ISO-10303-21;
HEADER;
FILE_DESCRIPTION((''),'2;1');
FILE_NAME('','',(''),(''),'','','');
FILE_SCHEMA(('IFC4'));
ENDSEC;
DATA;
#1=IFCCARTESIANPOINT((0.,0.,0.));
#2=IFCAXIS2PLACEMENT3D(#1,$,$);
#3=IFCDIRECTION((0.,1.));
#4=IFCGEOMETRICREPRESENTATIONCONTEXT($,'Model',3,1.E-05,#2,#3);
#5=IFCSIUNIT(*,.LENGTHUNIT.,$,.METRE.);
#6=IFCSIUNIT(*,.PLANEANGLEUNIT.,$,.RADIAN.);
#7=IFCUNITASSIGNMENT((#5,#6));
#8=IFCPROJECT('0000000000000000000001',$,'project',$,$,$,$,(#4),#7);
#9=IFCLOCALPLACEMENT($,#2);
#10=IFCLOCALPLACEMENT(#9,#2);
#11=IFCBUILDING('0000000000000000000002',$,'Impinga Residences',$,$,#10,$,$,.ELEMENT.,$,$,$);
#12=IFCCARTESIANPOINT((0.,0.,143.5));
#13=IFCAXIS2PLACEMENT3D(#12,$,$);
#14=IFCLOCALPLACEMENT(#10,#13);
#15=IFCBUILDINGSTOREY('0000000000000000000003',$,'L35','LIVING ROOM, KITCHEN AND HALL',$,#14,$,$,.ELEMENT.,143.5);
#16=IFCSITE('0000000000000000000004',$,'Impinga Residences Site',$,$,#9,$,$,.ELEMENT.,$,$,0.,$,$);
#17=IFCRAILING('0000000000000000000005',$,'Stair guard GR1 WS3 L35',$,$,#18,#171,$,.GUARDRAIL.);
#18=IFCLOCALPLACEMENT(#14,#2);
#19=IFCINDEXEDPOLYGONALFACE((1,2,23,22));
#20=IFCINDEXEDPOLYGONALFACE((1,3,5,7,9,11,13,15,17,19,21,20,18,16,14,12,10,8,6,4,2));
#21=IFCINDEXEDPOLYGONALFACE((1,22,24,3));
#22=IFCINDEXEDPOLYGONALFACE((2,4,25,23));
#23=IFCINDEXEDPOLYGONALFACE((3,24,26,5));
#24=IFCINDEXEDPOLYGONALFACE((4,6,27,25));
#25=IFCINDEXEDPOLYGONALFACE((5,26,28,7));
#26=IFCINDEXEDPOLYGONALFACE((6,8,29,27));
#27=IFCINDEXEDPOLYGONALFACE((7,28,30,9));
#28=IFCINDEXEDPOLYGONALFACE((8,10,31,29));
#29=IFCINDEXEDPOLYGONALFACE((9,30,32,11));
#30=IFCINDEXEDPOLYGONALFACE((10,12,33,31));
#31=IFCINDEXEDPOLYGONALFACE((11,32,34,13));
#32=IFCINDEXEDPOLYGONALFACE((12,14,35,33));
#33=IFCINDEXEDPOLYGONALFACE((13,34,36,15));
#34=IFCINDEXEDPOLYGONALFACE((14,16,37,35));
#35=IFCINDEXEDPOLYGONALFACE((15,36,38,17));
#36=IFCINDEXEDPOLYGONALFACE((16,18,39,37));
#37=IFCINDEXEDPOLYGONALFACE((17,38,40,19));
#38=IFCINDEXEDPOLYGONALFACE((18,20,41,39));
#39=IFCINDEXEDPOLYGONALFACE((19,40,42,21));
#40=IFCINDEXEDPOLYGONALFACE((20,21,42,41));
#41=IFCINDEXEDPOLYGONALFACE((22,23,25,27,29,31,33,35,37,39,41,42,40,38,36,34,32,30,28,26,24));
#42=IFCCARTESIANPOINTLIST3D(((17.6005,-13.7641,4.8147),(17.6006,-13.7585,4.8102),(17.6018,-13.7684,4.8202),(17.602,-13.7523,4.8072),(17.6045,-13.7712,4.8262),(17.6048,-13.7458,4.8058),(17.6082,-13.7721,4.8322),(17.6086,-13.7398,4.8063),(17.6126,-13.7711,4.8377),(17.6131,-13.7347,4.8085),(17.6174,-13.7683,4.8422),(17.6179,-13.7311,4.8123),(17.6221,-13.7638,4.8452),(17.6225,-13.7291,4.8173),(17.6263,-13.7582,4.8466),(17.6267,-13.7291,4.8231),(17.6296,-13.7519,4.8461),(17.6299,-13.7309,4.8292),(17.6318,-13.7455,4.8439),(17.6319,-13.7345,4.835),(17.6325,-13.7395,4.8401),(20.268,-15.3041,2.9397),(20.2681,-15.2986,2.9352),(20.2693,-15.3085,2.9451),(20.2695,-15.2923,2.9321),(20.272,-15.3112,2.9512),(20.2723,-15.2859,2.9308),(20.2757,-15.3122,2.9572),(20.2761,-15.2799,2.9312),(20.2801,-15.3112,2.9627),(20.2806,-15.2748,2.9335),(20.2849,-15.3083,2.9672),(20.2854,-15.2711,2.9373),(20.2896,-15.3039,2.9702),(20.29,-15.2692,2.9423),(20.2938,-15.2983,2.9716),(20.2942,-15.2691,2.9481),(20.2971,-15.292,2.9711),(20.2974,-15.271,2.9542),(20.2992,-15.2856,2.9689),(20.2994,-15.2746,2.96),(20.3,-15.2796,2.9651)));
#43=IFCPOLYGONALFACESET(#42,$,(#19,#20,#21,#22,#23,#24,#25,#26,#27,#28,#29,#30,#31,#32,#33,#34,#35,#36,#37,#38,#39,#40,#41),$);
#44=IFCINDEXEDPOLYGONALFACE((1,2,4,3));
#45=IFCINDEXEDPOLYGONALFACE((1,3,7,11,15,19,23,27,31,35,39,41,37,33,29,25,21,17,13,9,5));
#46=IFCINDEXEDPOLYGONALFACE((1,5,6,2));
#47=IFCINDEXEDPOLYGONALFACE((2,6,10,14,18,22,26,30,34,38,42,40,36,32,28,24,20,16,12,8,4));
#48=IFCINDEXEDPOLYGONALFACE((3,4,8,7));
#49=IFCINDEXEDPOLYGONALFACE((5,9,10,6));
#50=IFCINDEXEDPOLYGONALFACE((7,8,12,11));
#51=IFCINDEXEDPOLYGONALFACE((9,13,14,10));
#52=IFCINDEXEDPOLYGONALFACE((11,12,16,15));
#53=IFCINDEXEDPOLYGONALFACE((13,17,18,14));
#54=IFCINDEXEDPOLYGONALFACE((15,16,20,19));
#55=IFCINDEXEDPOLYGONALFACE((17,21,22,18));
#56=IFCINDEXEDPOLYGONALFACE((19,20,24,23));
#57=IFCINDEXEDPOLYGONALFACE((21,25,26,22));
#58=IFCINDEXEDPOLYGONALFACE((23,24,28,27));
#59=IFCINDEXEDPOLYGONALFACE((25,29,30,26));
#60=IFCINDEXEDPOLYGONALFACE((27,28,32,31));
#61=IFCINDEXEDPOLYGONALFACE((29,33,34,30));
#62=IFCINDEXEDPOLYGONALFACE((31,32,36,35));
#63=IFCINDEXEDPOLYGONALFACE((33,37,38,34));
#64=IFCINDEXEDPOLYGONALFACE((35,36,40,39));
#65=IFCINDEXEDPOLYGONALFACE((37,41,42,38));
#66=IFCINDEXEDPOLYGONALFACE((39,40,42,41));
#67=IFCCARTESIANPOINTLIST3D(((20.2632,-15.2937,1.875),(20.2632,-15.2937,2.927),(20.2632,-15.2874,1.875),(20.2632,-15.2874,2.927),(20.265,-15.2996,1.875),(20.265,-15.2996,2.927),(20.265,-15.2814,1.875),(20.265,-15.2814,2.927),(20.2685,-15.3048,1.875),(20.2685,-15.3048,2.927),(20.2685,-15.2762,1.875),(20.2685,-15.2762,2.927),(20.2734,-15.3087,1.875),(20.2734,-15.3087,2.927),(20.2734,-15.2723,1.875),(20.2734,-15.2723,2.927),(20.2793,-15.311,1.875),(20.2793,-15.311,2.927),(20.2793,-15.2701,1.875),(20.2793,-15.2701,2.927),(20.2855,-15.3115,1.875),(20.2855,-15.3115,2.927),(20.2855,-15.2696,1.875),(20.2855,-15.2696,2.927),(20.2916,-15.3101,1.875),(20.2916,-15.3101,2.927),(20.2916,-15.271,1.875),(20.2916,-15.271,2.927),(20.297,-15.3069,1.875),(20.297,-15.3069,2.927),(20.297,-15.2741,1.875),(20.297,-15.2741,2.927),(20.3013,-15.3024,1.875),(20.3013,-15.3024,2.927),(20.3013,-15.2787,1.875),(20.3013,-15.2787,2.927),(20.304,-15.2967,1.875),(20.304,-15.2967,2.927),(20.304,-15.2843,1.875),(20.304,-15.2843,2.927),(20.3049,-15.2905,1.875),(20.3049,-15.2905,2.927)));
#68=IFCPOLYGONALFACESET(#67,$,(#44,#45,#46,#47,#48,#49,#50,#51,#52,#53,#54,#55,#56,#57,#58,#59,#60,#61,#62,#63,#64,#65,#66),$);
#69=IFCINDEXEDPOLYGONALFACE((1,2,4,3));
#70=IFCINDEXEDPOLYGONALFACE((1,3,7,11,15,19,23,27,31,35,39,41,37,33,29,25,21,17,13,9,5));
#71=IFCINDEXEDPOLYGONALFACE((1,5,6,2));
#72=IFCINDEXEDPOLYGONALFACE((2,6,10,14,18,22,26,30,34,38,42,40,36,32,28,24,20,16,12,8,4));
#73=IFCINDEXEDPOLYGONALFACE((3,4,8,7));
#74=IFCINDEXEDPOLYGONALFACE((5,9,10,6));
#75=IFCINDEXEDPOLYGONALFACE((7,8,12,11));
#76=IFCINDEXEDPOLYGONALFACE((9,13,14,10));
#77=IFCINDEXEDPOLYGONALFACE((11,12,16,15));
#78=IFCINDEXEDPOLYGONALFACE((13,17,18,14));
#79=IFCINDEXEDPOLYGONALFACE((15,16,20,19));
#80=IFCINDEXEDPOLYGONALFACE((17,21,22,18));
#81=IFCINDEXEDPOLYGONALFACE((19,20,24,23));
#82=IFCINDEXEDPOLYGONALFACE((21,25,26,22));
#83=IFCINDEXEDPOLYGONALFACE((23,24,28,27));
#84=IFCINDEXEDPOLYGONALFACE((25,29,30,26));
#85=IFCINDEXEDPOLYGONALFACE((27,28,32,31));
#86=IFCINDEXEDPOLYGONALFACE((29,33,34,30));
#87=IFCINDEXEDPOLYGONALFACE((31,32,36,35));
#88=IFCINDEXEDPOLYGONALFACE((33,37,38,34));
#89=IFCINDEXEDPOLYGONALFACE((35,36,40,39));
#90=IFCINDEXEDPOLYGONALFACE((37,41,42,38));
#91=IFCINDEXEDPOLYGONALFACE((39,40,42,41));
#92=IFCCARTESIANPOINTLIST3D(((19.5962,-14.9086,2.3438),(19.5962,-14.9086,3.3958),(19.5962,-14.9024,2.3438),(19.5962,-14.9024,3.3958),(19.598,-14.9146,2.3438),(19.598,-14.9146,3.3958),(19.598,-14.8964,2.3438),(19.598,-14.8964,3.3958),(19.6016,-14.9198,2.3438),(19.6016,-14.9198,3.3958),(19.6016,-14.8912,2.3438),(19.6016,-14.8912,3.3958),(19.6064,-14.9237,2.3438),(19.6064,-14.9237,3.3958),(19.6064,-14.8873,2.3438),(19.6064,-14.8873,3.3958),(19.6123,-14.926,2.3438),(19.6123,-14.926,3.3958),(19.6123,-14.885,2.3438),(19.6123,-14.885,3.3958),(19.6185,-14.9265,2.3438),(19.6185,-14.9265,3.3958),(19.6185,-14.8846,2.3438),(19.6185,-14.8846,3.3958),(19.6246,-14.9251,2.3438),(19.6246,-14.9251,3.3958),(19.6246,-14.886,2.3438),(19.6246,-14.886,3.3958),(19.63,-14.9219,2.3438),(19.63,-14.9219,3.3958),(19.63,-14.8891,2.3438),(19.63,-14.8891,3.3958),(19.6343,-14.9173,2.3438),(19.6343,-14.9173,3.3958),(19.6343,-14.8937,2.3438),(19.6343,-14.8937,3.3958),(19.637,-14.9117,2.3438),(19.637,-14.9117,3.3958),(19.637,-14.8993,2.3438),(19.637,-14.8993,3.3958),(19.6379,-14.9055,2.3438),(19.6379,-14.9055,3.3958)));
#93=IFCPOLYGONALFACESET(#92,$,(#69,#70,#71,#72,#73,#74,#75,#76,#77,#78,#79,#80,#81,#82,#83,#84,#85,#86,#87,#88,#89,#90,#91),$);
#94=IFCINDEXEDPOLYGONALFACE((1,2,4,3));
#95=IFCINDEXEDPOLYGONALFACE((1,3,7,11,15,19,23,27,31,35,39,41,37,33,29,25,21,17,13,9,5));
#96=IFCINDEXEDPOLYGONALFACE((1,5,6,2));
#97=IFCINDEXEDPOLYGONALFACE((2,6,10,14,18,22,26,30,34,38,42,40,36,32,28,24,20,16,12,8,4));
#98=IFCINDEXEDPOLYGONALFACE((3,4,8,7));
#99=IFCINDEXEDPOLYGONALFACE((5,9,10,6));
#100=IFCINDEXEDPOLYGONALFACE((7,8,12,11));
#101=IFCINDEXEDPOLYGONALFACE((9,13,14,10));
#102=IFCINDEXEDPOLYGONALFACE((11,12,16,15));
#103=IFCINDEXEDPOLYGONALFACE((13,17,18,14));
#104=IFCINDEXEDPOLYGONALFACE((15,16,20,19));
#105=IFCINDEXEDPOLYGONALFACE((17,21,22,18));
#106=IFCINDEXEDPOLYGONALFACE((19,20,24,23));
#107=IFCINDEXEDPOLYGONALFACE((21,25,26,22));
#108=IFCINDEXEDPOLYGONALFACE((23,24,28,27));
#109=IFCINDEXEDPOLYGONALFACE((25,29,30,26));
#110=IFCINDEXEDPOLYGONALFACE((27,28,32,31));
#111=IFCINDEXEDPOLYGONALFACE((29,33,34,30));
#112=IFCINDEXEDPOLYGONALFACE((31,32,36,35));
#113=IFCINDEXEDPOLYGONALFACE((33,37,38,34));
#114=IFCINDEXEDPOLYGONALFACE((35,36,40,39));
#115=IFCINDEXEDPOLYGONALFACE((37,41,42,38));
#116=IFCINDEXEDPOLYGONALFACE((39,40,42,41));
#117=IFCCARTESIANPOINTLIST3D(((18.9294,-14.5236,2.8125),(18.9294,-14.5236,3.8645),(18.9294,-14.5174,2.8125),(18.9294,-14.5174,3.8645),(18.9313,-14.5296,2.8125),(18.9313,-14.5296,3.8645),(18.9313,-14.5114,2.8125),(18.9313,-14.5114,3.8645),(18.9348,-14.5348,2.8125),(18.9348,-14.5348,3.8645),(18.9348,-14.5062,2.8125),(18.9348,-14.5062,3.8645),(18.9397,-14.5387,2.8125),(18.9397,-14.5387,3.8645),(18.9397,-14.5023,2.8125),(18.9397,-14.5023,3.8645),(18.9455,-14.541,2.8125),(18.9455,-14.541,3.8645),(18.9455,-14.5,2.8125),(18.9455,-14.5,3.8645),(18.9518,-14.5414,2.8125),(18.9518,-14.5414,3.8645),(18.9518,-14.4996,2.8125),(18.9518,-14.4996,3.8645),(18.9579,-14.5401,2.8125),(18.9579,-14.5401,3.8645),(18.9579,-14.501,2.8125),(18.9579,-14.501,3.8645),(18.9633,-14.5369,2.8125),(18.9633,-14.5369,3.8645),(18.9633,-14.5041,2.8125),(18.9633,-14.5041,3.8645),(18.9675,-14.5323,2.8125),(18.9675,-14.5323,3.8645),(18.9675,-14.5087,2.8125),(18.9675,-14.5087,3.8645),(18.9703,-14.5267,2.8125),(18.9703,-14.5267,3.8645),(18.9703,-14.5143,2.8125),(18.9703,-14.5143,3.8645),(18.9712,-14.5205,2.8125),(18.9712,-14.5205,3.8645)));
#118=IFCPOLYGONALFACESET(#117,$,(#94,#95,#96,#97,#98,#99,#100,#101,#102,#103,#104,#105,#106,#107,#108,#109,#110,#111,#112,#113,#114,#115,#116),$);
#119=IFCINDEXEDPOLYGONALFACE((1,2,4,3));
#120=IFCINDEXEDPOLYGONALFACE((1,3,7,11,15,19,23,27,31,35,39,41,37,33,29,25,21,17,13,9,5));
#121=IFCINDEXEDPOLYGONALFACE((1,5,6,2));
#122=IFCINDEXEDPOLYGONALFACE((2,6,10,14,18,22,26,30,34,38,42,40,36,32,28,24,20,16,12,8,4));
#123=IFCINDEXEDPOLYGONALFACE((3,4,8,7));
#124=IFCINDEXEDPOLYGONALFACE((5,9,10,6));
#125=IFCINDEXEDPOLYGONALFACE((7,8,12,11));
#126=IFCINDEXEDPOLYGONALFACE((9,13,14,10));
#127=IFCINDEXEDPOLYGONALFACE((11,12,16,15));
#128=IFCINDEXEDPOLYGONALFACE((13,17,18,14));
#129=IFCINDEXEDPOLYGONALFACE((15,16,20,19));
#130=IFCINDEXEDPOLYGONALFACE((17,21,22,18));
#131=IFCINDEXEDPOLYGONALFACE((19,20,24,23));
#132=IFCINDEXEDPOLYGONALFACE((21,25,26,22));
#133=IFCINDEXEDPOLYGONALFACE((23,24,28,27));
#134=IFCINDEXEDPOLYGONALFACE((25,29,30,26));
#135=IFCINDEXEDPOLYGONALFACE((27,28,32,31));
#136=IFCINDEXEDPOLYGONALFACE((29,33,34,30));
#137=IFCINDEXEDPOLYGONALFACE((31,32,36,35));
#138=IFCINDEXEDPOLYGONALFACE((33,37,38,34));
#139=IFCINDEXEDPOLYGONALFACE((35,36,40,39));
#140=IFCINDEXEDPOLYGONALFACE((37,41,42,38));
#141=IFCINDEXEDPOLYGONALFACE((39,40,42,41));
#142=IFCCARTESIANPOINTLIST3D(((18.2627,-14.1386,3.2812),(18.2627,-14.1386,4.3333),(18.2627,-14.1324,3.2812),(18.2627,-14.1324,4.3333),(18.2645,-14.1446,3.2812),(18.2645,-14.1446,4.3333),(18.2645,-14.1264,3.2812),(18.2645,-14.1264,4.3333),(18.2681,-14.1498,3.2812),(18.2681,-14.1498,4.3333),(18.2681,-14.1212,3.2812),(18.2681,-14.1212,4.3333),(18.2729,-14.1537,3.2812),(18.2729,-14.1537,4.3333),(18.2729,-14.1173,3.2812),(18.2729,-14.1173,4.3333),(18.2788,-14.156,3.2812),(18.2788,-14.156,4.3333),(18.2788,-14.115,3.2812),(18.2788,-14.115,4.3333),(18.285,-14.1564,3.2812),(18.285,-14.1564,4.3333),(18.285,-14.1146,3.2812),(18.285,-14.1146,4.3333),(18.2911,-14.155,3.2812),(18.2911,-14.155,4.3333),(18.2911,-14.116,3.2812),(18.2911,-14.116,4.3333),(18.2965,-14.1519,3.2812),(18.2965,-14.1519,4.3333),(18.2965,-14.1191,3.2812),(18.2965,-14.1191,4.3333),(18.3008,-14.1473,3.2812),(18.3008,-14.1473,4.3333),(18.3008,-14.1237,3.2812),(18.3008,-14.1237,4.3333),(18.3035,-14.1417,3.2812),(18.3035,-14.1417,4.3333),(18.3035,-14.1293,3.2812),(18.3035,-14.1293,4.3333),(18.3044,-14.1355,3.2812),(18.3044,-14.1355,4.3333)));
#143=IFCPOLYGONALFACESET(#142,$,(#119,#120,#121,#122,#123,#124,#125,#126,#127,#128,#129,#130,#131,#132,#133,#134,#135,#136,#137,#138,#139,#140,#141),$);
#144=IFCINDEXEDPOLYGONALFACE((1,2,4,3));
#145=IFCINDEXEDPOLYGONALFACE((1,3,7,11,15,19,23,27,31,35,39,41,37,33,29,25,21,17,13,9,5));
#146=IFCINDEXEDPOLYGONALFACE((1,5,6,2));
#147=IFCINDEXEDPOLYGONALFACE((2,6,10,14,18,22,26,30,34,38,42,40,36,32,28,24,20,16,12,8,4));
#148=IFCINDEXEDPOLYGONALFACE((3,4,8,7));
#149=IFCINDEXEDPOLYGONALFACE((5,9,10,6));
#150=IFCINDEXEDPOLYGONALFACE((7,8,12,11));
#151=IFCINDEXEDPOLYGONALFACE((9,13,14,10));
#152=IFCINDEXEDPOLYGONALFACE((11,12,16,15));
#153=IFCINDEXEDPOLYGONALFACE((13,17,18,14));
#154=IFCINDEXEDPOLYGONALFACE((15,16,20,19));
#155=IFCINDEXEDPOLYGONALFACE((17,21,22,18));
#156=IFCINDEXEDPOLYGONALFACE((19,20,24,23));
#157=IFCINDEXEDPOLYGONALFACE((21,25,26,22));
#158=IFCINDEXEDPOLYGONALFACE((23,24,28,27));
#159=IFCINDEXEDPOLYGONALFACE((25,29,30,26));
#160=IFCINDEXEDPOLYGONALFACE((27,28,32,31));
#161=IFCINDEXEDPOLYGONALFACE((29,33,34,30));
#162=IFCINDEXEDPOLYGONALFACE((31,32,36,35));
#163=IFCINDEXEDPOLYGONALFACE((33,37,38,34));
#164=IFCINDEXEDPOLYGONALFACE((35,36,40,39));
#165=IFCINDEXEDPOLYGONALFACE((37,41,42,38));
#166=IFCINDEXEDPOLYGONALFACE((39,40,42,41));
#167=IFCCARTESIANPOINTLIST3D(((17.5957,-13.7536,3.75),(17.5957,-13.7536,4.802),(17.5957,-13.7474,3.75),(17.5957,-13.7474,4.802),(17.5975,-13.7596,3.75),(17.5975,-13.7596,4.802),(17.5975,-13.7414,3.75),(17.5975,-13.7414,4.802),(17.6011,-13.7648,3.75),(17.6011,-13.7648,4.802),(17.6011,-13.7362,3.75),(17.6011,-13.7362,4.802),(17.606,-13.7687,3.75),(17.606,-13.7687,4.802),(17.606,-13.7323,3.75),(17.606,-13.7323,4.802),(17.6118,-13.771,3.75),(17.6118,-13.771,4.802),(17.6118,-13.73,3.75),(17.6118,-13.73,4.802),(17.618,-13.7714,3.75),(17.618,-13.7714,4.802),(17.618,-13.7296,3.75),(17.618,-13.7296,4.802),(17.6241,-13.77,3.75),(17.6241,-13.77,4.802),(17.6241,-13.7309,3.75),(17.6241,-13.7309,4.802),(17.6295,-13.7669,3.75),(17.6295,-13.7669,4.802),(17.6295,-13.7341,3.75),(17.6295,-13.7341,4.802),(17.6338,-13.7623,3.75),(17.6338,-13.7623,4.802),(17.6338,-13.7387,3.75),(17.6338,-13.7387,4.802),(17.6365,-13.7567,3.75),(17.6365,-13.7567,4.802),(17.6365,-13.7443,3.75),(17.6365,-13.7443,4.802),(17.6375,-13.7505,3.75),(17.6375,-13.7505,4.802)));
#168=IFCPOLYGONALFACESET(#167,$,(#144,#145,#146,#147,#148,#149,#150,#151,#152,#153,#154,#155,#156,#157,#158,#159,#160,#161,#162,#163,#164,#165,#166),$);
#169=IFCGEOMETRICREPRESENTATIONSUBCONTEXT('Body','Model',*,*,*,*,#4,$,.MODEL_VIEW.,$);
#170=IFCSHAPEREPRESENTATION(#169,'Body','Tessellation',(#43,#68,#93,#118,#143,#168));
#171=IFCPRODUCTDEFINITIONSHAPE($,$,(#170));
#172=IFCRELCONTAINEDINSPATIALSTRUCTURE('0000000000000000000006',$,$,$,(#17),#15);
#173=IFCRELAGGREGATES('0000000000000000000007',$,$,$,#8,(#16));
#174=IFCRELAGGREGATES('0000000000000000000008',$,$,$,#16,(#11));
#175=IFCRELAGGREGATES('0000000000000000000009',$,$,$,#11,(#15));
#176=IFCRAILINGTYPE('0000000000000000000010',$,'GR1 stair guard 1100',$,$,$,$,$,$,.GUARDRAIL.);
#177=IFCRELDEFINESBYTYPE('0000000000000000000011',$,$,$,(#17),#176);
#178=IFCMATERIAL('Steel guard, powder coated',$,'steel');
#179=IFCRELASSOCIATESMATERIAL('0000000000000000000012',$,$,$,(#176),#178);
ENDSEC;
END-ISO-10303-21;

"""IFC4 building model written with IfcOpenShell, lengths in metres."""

from ifc_helpers import new_model, si_unit, direction, frame, origin, origin_2d, place, context, subcontext, project, spatial, circle, extrude, material, type_object, element, save


model = new_model("IFC4")

# Units and contexts
model_context = context("Model", 3, precision=1e-05, world=origin(), true_north=direction((0.0, 1.0)))
body_context = subcontext(model_context, "Body", "Model", "MODEL_VIEW")
ifc_project = project(units=[si_unit("LENGTHUNIT", "METRE"), si_unit("PLANEANGLEUNIT", "RADIAN")], contexts=[model_context])

# Site, building, storey
site_placement = place(None, origin())
site = spatial("IfcSite", under=ifc_project, at=site_placement, Name="Impinga Residences Site", CompositionType="ELEMENT", RefElevation=0.0)
building_placement = place(site_placement, origin())
building = spatial("IfcBuilding", under=site, at=building_placement, Name="Impinga Residences", CompositionType="ELEMENT")
storey_placement = place(building_placement, frame((0.0, 0.0, 143.5)))
storey = spatial("IfcBuildingStorey", under=building, at=storey_placement, Name="L35", Description="LIVING ROOM, KITCHEN AND HALL", CompositionType="ELEMENT", Elevation=143.5)

# Railing
ifc_material_1 = material(Name="Steel guard, powder coated", Category="steel")
railing_type = type_object("IfcRailingType", Name="GR1 stair guard 1100", PredefinedType="GUARDRAIL", material=ifc_material_1)
railing_placement = place(storey_placement, frame((20.2839, -15.2905, 1.875)))
element("IfcRailing", 1, at=railing_placement, inside=storey, type_object=railing_type, Name="Stair guard GR1 WS3 L35", PredefinedType="GUARDRAIL", context=body_context, shape_type="SweptSolid", body=[
    extrude(circle(Radius=0.0239, at=origin_2d()), frame((0.0, 0.0, 1.0762), z_axis=(-0.739746, 0.427084, 0.519975), x_axis=(-0.499992, -0.86603, 0.0)), (0.0, 0.0, 1.0), 3.606),
    extrude(circle(Radius=0.021, at=origin_2d()), origin(), (0.0, 0.0, 1.0), 1.052),
    extrude(circle(Radius=0.021, at=origin_2d()), frame((-0.667, 0.385, 0.4688)), (0.0, 0.0, 1.0), 1.052),
    extrude(circle(Radius=0.021, at=origin_2d()), frame((-1.3337, 0.77, 0.9375)), (0.0, 0.0, 1.0), 1.052),
    extrude(circle(Radius=0.021, at=origin_2d()), frame((-2.0005, 1.155, 1.4062)), (0.0, 0.0, 1.0), 1.052),
    extrude(circle(Radius=0.021, at=origin_2d()), frame((-2.6675, 1.54, 1.875)), (0.0, 0.0, 1.0), 1.052),
])

save(model, "model.ifc")
